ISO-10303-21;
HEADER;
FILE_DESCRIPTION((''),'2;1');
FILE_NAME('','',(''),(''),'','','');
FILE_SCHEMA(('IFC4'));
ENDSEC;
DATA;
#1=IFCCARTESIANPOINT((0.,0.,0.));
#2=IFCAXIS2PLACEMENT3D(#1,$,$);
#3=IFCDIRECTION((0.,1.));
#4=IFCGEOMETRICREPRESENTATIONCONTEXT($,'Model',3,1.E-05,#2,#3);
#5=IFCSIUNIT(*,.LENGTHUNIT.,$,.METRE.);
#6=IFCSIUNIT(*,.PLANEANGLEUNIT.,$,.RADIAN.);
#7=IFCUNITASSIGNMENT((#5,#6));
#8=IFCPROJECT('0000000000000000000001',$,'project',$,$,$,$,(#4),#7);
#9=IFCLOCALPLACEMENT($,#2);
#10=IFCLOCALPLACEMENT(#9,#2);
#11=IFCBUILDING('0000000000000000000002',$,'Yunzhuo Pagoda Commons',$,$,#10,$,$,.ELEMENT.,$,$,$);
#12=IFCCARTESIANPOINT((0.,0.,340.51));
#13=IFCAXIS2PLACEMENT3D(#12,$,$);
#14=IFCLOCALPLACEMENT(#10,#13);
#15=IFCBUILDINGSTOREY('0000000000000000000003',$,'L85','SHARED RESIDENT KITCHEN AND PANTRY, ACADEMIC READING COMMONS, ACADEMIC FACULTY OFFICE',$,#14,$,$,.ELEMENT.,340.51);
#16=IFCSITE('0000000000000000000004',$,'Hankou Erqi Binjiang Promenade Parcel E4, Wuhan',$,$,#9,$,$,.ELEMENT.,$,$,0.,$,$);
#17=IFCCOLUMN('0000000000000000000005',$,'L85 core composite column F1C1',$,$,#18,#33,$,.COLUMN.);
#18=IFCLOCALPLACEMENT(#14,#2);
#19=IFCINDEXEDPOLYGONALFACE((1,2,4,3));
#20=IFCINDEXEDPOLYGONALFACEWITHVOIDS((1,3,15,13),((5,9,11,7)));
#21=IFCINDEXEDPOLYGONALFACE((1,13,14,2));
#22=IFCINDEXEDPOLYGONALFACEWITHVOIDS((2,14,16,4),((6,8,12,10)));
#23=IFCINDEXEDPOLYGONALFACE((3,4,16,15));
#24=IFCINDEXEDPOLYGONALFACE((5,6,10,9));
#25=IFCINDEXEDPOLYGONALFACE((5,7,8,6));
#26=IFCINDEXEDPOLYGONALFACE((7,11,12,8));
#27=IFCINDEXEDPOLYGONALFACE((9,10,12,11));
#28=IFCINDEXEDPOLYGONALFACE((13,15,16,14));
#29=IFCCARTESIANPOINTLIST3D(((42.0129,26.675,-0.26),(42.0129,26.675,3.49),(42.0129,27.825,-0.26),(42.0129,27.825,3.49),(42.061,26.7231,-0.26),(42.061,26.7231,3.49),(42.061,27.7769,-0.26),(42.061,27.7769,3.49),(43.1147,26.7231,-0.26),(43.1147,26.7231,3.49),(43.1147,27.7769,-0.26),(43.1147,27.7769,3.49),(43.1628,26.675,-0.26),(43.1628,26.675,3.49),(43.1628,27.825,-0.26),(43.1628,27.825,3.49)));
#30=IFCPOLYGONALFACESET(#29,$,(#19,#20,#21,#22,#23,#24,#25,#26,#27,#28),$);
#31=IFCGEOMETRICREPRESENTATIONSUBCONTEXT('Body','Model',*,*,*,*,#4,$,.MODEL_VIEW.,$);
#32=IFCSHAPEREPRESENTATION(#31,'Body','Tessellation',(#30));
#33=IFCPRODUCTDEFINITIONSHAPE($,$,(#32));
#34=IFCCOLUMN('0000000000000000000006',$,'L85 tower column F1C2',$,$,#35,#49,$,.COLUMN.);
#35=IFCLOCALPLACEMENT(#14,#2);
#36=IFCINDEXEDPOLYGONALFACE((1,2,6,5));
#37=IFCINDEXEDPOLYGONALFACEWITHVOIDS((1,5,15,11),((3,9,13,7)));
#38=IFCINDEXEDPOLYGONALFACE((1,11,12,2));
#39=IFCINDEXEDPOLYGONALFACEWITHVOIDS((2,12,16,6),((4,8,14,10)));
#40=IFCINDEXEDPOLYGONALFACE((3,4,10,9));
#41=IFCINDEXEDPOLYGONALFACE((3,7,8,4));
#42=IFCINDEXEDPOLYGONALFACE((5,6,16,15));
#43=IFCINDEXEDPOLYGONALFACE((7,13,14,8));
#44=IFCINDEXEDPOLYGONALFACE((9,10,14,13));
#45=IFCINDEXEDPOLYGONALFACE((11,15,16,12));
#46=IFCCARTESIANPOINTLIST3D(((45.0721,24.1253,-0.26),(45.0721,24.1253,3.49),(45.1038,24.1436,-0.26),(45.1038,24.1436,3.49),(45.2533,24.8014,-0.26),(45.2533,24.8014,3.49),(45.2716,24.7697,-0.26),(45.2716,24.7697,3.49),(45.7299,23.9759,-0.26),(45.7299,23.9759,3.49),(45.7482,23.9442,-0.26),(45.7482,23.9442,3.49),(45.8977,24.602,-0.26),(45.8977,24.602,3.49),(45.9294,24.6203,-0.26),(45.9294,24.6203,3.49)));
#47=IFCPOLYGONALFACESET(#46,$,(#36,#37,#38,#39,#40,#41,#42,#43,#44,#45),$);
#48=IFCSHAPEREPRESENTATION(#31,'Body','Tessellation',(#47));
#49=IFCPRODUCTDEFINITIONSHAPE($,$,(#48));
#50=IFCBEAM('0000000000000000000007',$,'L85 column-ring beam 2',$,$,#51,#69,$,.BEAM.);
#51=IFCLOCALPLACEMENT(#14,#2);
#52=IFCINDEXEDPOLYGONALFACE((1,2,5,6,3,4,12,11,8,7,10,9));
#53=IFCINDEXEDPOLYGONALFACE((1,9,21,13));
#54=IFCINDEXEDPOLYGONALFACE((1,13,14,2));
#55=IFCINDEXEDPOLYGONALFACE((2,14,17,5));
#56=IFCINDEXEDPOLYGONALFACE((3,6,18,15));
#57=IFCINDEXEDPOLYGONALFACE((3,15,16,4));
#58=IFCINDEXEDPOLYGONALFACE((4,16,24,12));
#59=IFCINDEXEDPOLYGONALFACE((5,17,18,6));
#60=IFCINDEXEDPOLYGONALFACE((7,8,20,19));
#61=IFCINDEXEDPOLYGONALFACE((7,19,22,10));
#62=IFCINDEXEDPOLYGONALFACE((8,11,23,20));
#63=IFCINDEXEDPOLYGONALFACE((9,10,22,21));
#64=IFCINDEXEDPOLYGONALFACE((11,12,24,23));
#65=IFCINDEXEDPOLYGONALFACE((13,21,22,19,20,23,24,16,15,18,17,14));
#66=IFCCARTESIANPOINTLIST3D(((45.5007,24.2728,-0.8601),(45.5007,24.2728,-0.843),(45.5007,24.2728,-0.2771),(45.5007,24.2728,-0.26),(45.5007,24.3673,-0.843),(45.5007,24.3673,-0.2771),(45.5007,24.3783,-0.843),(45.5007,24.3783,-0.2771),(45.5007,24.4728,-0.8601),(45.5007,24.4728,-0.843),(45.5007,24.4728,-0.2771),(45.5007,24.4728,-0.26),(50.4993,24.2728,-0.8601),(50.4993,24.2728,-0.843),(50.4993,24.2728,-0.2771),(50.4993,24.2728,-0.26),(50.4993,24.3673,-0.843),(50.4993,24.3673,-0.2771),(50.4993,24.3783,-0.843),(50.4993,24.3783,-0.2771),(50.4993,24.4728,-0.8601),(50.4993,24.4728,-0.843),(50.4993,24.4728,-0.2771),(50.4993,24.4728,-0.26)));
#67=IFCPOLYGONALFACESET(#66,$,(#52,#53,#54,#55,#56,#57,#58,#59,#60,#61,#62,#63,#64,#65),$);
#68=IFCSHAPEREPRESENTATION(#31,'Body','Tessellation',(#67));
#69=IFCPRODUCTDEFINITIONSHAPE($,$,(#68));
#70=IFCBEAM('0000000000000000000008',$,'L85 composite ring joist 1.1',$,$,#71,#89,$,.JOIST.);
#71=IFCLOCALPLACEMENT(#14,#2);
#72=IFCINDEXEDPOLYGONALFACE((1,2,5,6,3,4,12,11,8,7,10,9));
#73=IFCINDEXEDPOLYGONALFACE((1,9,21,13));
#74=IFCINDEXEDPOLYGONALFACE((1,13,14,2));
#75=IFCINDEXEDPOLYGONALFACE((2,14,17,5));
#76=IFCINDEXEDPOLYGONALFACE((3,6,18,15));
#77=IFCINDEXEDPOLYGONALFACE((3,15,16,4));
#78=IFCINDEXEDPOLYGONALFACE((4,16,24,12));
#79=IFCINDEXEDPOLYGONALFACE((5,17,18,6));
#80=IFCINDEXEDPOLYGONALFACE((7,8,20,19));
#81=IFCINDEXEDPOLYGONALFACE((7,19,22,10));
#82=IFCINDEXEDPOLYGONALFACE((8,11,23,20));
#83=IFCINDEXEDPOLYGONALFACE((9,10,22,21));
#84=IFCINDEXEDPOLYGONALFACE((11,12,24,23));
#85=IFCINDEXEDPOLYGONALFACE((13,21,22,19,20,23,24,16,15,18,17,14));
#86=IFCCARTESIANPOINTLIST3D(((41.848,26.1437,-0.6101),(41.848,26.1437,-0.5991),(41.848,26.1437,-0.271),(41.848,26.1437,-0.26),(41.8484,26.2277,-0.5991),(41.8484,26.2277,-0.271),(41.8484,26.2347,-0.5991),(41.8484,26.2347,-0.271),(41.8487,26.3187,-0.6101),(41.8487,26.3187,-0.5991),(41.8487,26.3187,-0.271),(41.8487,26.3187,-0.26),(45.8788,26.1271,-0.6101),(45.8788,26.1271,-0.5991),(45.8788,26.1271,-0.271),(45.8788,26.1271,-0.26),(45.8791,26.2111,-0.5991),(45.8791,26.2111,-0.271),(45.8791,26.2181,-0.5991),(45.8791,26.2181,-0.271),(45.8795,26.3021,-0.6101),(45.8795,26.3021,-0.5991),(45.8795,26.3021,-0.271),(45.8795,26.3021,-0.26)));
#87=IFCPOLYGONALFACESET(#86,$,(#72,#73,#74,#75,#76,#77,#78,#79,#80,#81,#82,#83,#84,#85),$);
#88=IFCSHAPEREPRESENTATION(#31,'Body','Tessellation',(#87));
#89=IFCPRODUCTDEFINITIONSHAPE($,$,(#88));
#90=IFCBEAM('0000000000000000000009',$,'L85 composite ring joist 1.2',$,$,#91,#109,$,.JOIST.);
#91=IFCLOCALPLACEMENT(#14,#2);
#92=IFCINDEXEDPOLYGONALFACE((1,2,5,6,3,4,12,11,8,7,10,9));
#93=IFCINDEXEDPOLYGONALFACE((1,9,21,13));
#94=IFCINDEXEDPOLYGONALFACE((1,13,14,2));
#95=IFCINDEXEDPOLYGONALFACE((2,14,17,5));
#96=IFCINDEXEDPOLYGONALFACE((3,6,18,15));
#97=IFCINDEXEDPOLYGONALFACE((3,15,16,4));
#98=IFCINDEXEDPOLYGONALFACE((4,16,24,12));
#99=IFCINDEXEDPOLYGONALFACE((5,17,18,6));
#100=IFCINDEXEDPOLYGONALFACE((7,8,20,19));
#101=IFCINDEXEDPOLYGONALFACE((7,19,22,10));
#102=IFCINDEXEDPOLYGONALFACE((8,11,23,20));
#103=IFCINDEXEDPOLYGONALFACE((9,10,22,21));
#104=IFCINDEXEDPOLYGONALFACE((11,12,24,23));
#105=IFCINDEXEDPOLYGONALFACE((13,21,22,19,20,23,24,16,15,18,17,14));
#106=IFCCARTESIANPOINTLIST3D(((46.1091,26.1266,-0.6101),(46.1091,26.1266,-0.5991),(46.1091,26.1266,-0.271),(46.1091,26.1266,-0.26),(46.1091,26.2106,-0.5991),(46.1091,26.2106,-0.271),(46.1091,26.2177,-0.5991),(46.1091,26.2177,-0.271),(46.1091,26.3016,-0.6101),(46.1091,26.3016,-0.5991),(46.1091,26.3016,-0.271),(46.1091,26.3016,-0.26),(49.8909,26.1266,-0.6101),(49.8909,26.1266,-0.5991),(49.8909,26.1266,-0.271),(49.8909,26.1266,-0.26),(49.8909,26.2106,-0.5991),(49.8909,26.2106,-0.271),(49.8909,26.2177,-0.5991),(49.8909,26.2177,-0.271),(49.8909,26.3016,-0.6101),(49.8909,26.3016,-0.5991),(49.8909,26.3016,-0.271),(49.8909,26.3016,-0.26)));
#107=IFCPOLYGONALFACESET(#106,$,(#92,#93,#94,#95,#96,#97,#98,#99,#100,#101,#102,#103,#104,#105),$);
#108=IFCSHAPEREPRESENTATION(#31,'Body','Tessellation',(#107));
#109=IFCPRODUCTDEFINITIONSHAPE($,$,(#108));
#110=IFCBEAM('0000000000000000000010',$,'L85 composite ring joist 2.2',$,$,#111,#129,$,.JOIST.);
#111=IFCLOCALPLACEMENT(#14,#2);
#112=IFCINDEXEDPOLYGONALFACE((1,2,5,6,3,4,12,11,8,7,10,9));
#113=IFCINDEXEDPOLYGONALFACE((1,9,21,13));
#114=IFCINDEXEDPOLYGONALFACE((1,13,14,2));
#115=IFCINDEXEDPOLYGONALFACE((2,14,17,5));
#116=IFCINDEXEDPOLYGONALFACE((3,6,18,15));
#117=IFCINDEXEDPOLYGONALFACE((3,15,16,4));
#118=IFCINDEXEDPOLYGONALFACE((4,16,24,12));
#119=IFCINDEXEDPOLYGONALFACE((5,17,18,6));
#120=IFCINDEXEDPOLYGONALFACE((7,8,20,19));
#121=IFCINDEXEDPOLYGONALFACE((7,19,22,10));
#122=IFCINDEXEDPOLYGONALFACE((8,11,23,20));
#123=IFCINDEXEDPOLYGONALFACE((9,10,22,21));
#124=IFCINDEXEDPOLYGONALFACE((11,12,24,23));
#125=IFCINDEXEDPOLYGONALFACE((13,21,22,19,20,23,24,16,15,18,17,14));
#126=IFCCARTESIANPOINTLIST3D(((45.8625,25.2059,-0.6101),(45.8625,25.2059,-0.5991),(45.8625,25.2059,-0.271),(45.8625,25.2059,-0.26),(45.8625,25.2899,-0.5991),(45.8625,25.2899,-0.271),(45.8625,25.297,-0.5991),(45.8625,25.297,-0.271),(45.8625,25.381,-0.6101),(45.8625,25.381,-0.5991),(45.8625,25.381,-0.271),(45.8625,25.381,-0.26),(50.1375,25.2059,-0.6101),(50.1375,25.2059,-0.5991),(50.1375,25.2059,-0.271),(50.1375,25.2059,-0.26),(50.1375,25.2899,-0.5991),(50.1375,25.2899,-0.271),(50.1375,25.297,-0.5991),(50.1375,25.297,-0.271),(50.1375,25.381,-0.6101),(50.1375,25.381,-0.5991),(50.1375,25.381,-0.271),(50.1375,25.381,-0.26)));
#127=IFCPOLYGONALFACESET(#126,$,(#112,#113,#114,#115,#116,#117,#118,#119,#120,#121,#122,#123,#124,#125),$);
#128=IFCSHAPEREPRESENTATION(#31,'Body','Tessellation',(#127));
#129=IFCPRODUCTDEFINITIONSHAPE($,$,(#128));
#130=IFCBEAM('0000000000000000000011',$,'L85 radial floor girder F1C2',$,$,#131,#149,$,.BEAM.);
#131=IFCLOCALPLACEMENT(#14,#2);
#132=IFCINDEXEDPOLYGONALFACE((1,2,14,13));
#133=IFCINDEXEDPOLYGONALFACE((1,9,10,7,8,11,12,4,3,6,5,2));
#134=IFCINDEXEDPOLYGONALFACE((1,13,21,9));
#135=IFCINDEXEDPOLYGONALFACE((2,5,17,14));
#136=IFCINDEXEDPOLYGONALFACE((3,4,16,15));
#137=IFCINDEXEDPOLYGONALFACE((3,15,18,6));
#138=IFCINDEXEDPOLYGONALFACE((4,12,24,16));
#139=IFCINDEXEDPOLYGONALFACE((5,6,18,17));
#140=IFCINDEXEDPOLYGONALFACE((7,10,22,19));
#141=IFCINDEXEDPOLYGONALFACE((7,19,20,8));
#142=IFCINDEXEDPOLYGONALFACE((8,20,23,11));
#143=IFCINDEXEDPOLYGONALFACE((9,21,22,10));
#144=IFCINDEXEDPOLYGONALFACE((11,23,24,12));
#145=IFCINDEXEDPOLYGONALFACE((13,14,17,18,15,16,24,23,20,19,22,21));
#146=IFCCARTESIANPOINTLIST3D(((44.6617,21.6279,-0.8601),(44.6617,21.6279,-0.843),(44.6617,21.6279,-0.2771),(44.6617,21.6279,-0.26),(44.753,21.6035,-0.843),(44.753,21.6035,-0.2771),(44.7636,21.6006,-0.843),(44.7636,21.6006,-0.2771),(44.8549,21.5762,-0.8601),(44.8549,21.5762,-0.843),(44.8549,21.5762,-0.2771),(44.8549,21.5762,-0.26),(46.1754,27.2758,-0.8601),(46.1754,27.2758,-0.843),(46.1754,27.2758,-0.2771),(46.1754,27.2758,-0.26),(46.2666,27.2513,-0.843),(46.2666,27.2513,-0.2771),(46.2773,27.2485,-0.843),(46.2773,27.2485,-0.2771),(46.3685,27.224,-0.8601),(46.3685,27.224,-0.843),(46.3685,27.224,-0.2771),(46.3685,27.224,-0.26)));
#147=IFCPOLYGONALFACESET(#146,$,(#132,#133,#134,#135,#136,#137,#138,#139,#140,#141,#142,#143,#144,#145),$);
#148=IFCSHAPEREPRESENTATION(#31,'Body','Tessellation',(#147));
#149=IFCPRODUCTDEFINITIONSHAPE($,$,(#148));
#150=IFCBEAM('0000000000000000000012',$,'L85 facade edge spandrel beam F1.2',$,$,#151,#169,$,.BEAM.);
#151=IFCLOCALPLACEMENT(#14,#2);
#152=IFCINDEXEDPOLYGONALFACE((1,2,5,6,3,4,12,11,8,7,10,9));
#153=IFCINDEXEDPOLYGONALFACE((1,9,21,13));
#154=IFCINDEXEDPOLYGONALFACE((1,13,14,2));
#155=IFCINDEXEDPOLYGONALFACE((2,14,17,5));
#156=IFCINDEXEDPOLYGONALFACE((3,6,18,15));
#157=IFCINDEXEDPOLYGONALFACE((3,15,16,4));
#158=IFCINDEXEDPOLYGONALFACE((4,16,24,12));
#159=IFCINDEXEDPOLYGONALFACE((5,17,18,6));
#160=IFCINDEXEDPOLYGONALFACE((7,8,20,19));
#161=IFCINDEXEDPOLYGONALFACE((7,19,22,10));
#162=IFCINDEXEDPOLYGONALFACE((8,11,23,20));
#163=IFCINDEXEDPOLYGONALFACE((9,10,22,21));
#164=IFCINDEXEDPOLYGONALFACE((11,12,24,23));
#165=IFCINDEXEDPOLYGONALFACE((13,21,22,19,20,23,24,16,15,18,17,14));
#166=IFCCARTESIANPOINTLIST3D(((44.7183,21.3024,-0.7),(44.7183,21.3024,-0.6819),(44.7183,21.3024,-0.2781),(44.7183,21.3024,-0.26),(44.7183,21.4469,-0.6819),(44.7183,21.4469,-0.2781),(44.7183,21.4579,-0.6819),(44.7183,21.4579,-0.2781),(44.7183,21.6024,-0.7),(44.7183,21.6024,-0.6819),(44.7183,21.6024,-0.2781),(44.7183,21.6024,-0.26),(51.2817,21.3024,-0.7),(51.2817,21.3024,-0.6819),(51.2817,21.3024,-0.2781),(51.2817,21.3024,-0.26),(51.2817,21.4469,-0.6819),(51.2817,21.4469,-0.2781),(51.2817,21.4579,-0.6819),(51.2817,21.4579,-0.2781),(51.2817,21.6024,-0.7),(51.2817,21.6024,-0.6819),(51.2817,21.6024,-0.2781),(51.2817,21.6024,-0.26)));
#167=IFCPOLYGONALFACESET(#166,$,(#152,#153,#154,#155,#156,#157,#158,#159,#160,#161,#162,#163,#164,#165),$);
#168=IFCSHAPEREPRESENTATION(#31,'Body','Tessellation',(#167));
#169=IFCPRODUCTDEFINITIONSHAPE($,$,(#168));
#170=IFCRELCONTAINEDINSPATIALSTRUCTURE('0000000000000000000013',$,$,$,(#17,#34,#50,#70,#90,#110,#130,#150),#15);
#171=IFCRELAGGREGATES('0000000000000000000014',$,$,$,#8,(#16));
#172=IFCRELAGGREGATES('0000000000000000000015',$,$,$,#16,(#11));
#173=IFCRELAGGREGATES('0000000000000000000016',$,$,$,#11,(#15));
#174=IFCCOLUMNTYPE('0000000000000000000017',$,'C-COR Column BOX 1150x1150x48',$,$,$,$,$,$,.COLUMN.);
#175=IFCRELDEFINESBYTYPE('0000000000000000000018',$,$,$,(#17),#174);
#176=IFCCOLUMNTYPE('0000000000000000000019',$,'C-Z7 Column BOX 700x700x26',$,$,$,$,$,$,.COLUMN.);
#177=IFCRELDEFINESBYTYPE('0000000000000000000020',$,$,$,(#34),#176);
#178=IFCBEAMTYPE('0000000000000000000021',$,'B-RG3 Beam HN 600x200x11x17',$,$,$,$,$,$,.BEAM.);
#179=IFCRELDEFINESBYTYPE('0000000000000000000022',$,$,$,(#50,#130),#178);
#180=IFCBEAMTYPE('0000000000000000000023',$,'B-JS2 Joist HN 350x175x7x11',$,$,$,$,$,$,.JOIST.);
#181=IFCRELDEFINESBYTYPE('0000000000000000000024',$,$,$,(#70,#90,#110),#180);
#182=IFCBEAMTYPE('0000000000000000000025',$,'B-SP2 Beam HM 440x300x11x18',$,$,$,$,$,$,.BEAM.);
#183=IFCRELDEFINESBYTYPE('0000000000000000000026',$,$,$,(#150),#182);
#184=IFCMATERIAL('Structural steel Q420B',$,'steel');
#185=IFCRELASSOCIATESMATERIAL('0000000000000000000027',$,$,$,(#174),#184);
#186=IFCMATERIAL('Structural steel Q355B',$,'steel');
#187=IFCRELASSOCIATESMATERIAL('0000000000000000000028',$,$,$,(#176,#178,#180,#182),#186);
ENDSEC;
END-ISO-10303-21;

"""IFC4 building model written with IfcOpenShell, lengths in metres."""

from ifc_helpers import new_model, si_unit, direction, frame, origin, origin_2d, place, context, subcontext, project, spatial, hollow_rectangle, i_section, extrude, source, transform, mapped, material, material_profile, profile_set, type_object, element, save


model = new_model("IFC4")

# Units and contexts
model_context = context("Model", 3, precision=1e-05, world=origin(), true_north=direction((0.0, 1.0)))
body_context = subcontext(model_context, "Body", "Model", "MODEL_VIEW")
ifc_project = project(units=[si_unit("LENGTHUNIT", "METRE"), si_unit("PLANEANGLEUNIT", "RADIAN")], contexts=[model_context])

# Site, building, storey
site_placement = place(None, origin())
site = spatial("IfcSite", under=ifc_project, at=site_placement, Name="Hankou Erqi Binjiang Promenade Parcel E4, Wuhan", CompositionType="ELEMENT", RefElevation=0.0)
building_placement = place(site_placement, origin())
building = spatial("IfcBuilding", under=site, at=building_placement, Name="Yunzhuo Pagoda Commons", CompositionType="ELEMENT")
storey_placement = place(building_placement, frame((0.0, 0.0, 340.51)))
storey = spatial("IfcBuildingStorey", under=building, at=storey_placement, Name="L85", Description="SHARED RESIDENT KITCHEN AND PANTRY, ACADEMIC READING COMMONS, ACADEMIC FACULTY OFFICE", CompositionType="ELEMENT", Elevation=340.51)

# Columns
ifc_material_1 = material(Name="Structural steel Q420B", Category="steel")
ifc_material_profile_1 = material_profile(ifc_material_1, hollow_rectangle(XDim=1.1499, YDim=1.1499, WallThickness=0.0481, at=origin_2d()), Name="Structural steel Q420B")
ifc_profile_set_1 = profile_set([ifc_material_profile_1], Name="Structural steel Q420B")
column_type_1 = type_object("IfcColumnType", Name="C-COR Column BOX 1150x1150x48", PredefinedType="COLUMN", material=ifc_profile_set_1)
shared_shape_1 = source(origin(), body_context, "Body", "SweptSolid", [
    extrude(hollow_rectangle(XDim=1.1499, YDim=1.1499, WallThickness=0.0481, at=origin_2d()), origin(), (0.0, 0.0, 1.0), 3.75),
])
column_1_placement = place(storey_placement, frame((42.5879, 27.25, -0.26), z_axis=(0.0, 0.0, 1.0), x_axis=(1.0, 0.0, 0.0)))
element("IfcColumn", 1, at=column_1_placement, inside=storey, type_object=column_type_1, Name="L85 core composite column F1C1", PredefinedType="COLUMN", context=body_context, shape_type="MappedRepresentation", body=[
    mapped(shared_shape_1, transform((0.0, 0.0, 0.0), scale=1.0)),
])
ifc_material_2 = material(Name="Structural steel Q355B", Category="steel")
ifc_material_profile_2 = material_profile(ifc_material_2, hollow_rectangle(XDim=0.7, YDim=0.7, WallThickness=0.0259, at=origin_2d()), Name="Structural steel Q355B")
ifc_profile_set_2 = profile_set([ifc_material_profile_2], Name="Structural steel Q355B")
column_type_2 = type_object("IfcColumnType", Name="C-Z7 Column BOX 700x700x26", PredefinedType="COLUMN", material=ifc_profile_set_2)
shared_shape_2 = source(origin(), body_context, "Body", "SweptSolid", [
    extrude(hollow_rectangle(XDim=0.7, YDim=0.7, WallThickness=0.0259, at=origin_2d()), origin(), (0.0, 0.0, 1.0), 3.75),
])
column_2_placement = place(storey_placement, frame((45.5007, 24.3728, -0.26), z_axis=(0.0, 0.0, 1.0), x_axis=(0.965926, -0.258819, 0.0)))
element("IfcColumn", 2, at=column_2_placement, inside=storey, type_object=column_type_2, Name="L85 tower column F1C2", PredefinedType="COLUMN", context=body_context, shape_type="MappedRepresentation", body=[
    mapped(shared_shape_2, transform((0.0, 0.0, 0.0), scale=1.0)),
])

# Beams
ifc_material_profile_3 = material_profile(ifc_material_2, i_section(OverallWidth=0.2, OverallDepth=0.6001, WebThickness=0.011, FlangeThickness=0.0171, at=origin_2d()), Name="Structural steel Q355B")
ifc_profile_set_3 = profile_set([ifc_material_profile_3], Name="Structural steel Q355B")
beam_type_1 = type_object("IfcBeamType", Name="B-RG3 Beam HN 600x200x11x17", PredefinedType="BEAM", material=ifc_profile_set_3)
shared_shape_3 = source(origin(), body_context, "Body", "SweptSolid", [
    extrude(i_section(OverallWidth=0.2, OverallDepth=0.6001, WebThickness=0.011, FlangeThickness=0.0171, at=origin_2d()), origin(), (0.0, 0.0, 1.0), 4.9985),
])
beam_1_placement = place(storey_placement, frame((45.5007, 24.3728, -0.5601), z_axis=(1.0, 0.0, 0.0), x_axis=(0.0, 1.0, 0.0)))
element("IfcBeam", 3, at=beam_1_placement, inside=storey, type_object=beam_type_1, Name="L85 column-ring beam 2", PredefinedType="BEAM", context=body_context, shape_type="MappedRepresentation", body=[
    mapped(shared_shape_3, transform((0.0, 0.0, 0.0), scale=1.0)),
])
ifc_material_profile_4 = material_profile(ifc_material_2, i_section(OverallWidth=0.175, OverallDepth=0.3501, WebThickness=0.0071, FlangeThickness=0.011, at=origin_2d()), Name="Structural steel Q355B")
ifc_profile_set_4 = profile_set([ifc_material_profile_4], Name="Structural steel Q355B")
beam_type_2 = type_object("IfcBeamType", Name="B-JS2 Joist HN 350x175x7x11", PredefinedType="JOIST", material=ifc_profile_set_4)
shared_shape_4 = source(origin(), body_context, "Body", "SweptSolid", [
    extrude(i_section(OverallWidth=0.175, OverallDepth=0.3501, WebThickness=0.0071, FlangeThickness=0.011, at=origin_2d()), origin(), (0.0, 0.0, 1.0), 4.0308),
])
beam_2_placement = place(storey_placement, frame((41.8484, 26.2312, -0.4351), z_axis=(0.999992, -0.004119, 0.0), x_axis=(0.004119, 0.999992, 0.0)))
element("IfcBeam", 4, at=beam_2_placement, inside=storey, type_object=beam_type_2, Name="L85 composite ring joist 1.1", PredefinedType="JOIST", context=body_context, shape_type="MappedRepresentation", body=[
    mapped(shared_shape_4, transform((0.0, 0.0, 0.0), scale=1.0)),
])
shared_shape_5 = source(origin(), body_context, "Body", "SweptSolid", [
    extrude(i_section(OverallWidth=0.175, OverallDepth=0.3501, WebThickness=0.0071, FlangeThickness=0.011, at=origin_2d()), origin(), (0.0, 0.0, 1.0), 3.7817),
])
beam_3_placement = place(storey_placement, frame((46.1091, 26.2141, -0.4351), z_axis=(1.0, 0.0, 0.0), x_axis=(0.0, 1.0, 0.0)))
element("IfcBeam", 5, at=beam_3_placement, inside=storey, type_object=beam_type_2, Name="L85 composite ring joist 1.2", PredefinedType="JOIST", context=body_context, shape_type="MappedRepresentation", body=[
    mapped(shared_shape_5, transform((0.0, 0.0, 0.0), scale=1.0)),
])
shared_shape_6 = source(origin(), body_context, "Body", "SweptSolid", [
    extrude(i_section(OverallWidth=0.175, OverallDepth=0.3501, WebThickness=0.0071, FlangeThickness=0.011, at=origin_2d()), origin(), (0.0, 0.0, 1.0), 4.2749),
])
beam_4_placement = place(storey_placement, frame((45.8625, 25.2935, -0.4351), z_axis=(1.0, 0.0, 0.0), x_axis=(0.0, 1.0, 0.0)))
element("IfcBeam", 6, at=beam_4_placement, inside=storey, type_object=beam_type_2, Name="L85 composite ring joist 2.2", PredefinedType="JOIST", context=body_context, shape_type="MappedRepresentation", body=[
    mapped(shared_shape_6, transform((0.0, 0.0, 0.0), scale=1.0)),
])
shared_shape_7 = source(origin(), body_context, "Body", "SweptSolid", [
    extrude(i_section(OverallWidth=0.2, OverallDepth=0.6001, WebThickness=0.011, FlangeThickness=0.0171, at=origin_2d()), origin(), (0.0, 0.0, 1.0), 5.8472),
])
beam_5_placement = place(storey_placement, frame((44.7583, 21.6021, -0.5601), z_axis=(0.258868, 0.965913, 0.0), x_axis=(-0.965913, 0.258868, 0.0)))
element("IfcBeam", 7, at=beam_5_placement, inside=storey, type_object=beam_type_1, Name="L85 radial floor girder F1C2", PredefinedType="BEAM", context=body_context, shape_type="MappedRepresentation", body=[
    mapped(shared_shape_7, transform((0.0, 0.0, 0.0), scale=1.0)),
])
ifc_material_profile_5 = material_profile(ifc_material_2, i_section(OverallWidth=0.3, OverallDepth=0.4399, WebThickness=0.011, FlangeThickness=0.0181, at=origin_2d()), Name="Structural steel Q355B")
ifc_profile_set_5 = profile_set([ifc_material_profile_5], Name="Structural steel Q355B")
beam_type_3 = type_object("IfcBeamType", Name="B-SP2 Beam HM 440x300x11x18", PredefinedType="BEAM", material=ifc_profile_set_5)
shared_shape_8 = source(origin(), body_context, "Body", "SweptSolid", [
    extrude(i_section(OverallWidth=0.3, OverallDepth=0.4399, WebThickness=0.011, FlangeThickness=0.0181, at=origin_2d()), origin(), (0.0, 0.0, 1.0), 6.5635),
])
beam_6_placement = place(storey_placement, frame((44.7183, 21.4524, -0.48), z_axis=(1.0, 0.0, 0.0), x_axis=(0.0, 1.0, 0.0)))
element("IfcBeam", 8, at=beam_6_placement, inside=storey, type_object=beam_type_3, Name="L85 facade edge spandrel beam F1.2", PredefinedType="BEAM", context=body_context, shape_type="MappedRepresentation", body=[
    mapped(shared_shape_8, transform((0.0, 0.0, 0.0), scale=1.0)),
])

save(model, "model.ifc")
